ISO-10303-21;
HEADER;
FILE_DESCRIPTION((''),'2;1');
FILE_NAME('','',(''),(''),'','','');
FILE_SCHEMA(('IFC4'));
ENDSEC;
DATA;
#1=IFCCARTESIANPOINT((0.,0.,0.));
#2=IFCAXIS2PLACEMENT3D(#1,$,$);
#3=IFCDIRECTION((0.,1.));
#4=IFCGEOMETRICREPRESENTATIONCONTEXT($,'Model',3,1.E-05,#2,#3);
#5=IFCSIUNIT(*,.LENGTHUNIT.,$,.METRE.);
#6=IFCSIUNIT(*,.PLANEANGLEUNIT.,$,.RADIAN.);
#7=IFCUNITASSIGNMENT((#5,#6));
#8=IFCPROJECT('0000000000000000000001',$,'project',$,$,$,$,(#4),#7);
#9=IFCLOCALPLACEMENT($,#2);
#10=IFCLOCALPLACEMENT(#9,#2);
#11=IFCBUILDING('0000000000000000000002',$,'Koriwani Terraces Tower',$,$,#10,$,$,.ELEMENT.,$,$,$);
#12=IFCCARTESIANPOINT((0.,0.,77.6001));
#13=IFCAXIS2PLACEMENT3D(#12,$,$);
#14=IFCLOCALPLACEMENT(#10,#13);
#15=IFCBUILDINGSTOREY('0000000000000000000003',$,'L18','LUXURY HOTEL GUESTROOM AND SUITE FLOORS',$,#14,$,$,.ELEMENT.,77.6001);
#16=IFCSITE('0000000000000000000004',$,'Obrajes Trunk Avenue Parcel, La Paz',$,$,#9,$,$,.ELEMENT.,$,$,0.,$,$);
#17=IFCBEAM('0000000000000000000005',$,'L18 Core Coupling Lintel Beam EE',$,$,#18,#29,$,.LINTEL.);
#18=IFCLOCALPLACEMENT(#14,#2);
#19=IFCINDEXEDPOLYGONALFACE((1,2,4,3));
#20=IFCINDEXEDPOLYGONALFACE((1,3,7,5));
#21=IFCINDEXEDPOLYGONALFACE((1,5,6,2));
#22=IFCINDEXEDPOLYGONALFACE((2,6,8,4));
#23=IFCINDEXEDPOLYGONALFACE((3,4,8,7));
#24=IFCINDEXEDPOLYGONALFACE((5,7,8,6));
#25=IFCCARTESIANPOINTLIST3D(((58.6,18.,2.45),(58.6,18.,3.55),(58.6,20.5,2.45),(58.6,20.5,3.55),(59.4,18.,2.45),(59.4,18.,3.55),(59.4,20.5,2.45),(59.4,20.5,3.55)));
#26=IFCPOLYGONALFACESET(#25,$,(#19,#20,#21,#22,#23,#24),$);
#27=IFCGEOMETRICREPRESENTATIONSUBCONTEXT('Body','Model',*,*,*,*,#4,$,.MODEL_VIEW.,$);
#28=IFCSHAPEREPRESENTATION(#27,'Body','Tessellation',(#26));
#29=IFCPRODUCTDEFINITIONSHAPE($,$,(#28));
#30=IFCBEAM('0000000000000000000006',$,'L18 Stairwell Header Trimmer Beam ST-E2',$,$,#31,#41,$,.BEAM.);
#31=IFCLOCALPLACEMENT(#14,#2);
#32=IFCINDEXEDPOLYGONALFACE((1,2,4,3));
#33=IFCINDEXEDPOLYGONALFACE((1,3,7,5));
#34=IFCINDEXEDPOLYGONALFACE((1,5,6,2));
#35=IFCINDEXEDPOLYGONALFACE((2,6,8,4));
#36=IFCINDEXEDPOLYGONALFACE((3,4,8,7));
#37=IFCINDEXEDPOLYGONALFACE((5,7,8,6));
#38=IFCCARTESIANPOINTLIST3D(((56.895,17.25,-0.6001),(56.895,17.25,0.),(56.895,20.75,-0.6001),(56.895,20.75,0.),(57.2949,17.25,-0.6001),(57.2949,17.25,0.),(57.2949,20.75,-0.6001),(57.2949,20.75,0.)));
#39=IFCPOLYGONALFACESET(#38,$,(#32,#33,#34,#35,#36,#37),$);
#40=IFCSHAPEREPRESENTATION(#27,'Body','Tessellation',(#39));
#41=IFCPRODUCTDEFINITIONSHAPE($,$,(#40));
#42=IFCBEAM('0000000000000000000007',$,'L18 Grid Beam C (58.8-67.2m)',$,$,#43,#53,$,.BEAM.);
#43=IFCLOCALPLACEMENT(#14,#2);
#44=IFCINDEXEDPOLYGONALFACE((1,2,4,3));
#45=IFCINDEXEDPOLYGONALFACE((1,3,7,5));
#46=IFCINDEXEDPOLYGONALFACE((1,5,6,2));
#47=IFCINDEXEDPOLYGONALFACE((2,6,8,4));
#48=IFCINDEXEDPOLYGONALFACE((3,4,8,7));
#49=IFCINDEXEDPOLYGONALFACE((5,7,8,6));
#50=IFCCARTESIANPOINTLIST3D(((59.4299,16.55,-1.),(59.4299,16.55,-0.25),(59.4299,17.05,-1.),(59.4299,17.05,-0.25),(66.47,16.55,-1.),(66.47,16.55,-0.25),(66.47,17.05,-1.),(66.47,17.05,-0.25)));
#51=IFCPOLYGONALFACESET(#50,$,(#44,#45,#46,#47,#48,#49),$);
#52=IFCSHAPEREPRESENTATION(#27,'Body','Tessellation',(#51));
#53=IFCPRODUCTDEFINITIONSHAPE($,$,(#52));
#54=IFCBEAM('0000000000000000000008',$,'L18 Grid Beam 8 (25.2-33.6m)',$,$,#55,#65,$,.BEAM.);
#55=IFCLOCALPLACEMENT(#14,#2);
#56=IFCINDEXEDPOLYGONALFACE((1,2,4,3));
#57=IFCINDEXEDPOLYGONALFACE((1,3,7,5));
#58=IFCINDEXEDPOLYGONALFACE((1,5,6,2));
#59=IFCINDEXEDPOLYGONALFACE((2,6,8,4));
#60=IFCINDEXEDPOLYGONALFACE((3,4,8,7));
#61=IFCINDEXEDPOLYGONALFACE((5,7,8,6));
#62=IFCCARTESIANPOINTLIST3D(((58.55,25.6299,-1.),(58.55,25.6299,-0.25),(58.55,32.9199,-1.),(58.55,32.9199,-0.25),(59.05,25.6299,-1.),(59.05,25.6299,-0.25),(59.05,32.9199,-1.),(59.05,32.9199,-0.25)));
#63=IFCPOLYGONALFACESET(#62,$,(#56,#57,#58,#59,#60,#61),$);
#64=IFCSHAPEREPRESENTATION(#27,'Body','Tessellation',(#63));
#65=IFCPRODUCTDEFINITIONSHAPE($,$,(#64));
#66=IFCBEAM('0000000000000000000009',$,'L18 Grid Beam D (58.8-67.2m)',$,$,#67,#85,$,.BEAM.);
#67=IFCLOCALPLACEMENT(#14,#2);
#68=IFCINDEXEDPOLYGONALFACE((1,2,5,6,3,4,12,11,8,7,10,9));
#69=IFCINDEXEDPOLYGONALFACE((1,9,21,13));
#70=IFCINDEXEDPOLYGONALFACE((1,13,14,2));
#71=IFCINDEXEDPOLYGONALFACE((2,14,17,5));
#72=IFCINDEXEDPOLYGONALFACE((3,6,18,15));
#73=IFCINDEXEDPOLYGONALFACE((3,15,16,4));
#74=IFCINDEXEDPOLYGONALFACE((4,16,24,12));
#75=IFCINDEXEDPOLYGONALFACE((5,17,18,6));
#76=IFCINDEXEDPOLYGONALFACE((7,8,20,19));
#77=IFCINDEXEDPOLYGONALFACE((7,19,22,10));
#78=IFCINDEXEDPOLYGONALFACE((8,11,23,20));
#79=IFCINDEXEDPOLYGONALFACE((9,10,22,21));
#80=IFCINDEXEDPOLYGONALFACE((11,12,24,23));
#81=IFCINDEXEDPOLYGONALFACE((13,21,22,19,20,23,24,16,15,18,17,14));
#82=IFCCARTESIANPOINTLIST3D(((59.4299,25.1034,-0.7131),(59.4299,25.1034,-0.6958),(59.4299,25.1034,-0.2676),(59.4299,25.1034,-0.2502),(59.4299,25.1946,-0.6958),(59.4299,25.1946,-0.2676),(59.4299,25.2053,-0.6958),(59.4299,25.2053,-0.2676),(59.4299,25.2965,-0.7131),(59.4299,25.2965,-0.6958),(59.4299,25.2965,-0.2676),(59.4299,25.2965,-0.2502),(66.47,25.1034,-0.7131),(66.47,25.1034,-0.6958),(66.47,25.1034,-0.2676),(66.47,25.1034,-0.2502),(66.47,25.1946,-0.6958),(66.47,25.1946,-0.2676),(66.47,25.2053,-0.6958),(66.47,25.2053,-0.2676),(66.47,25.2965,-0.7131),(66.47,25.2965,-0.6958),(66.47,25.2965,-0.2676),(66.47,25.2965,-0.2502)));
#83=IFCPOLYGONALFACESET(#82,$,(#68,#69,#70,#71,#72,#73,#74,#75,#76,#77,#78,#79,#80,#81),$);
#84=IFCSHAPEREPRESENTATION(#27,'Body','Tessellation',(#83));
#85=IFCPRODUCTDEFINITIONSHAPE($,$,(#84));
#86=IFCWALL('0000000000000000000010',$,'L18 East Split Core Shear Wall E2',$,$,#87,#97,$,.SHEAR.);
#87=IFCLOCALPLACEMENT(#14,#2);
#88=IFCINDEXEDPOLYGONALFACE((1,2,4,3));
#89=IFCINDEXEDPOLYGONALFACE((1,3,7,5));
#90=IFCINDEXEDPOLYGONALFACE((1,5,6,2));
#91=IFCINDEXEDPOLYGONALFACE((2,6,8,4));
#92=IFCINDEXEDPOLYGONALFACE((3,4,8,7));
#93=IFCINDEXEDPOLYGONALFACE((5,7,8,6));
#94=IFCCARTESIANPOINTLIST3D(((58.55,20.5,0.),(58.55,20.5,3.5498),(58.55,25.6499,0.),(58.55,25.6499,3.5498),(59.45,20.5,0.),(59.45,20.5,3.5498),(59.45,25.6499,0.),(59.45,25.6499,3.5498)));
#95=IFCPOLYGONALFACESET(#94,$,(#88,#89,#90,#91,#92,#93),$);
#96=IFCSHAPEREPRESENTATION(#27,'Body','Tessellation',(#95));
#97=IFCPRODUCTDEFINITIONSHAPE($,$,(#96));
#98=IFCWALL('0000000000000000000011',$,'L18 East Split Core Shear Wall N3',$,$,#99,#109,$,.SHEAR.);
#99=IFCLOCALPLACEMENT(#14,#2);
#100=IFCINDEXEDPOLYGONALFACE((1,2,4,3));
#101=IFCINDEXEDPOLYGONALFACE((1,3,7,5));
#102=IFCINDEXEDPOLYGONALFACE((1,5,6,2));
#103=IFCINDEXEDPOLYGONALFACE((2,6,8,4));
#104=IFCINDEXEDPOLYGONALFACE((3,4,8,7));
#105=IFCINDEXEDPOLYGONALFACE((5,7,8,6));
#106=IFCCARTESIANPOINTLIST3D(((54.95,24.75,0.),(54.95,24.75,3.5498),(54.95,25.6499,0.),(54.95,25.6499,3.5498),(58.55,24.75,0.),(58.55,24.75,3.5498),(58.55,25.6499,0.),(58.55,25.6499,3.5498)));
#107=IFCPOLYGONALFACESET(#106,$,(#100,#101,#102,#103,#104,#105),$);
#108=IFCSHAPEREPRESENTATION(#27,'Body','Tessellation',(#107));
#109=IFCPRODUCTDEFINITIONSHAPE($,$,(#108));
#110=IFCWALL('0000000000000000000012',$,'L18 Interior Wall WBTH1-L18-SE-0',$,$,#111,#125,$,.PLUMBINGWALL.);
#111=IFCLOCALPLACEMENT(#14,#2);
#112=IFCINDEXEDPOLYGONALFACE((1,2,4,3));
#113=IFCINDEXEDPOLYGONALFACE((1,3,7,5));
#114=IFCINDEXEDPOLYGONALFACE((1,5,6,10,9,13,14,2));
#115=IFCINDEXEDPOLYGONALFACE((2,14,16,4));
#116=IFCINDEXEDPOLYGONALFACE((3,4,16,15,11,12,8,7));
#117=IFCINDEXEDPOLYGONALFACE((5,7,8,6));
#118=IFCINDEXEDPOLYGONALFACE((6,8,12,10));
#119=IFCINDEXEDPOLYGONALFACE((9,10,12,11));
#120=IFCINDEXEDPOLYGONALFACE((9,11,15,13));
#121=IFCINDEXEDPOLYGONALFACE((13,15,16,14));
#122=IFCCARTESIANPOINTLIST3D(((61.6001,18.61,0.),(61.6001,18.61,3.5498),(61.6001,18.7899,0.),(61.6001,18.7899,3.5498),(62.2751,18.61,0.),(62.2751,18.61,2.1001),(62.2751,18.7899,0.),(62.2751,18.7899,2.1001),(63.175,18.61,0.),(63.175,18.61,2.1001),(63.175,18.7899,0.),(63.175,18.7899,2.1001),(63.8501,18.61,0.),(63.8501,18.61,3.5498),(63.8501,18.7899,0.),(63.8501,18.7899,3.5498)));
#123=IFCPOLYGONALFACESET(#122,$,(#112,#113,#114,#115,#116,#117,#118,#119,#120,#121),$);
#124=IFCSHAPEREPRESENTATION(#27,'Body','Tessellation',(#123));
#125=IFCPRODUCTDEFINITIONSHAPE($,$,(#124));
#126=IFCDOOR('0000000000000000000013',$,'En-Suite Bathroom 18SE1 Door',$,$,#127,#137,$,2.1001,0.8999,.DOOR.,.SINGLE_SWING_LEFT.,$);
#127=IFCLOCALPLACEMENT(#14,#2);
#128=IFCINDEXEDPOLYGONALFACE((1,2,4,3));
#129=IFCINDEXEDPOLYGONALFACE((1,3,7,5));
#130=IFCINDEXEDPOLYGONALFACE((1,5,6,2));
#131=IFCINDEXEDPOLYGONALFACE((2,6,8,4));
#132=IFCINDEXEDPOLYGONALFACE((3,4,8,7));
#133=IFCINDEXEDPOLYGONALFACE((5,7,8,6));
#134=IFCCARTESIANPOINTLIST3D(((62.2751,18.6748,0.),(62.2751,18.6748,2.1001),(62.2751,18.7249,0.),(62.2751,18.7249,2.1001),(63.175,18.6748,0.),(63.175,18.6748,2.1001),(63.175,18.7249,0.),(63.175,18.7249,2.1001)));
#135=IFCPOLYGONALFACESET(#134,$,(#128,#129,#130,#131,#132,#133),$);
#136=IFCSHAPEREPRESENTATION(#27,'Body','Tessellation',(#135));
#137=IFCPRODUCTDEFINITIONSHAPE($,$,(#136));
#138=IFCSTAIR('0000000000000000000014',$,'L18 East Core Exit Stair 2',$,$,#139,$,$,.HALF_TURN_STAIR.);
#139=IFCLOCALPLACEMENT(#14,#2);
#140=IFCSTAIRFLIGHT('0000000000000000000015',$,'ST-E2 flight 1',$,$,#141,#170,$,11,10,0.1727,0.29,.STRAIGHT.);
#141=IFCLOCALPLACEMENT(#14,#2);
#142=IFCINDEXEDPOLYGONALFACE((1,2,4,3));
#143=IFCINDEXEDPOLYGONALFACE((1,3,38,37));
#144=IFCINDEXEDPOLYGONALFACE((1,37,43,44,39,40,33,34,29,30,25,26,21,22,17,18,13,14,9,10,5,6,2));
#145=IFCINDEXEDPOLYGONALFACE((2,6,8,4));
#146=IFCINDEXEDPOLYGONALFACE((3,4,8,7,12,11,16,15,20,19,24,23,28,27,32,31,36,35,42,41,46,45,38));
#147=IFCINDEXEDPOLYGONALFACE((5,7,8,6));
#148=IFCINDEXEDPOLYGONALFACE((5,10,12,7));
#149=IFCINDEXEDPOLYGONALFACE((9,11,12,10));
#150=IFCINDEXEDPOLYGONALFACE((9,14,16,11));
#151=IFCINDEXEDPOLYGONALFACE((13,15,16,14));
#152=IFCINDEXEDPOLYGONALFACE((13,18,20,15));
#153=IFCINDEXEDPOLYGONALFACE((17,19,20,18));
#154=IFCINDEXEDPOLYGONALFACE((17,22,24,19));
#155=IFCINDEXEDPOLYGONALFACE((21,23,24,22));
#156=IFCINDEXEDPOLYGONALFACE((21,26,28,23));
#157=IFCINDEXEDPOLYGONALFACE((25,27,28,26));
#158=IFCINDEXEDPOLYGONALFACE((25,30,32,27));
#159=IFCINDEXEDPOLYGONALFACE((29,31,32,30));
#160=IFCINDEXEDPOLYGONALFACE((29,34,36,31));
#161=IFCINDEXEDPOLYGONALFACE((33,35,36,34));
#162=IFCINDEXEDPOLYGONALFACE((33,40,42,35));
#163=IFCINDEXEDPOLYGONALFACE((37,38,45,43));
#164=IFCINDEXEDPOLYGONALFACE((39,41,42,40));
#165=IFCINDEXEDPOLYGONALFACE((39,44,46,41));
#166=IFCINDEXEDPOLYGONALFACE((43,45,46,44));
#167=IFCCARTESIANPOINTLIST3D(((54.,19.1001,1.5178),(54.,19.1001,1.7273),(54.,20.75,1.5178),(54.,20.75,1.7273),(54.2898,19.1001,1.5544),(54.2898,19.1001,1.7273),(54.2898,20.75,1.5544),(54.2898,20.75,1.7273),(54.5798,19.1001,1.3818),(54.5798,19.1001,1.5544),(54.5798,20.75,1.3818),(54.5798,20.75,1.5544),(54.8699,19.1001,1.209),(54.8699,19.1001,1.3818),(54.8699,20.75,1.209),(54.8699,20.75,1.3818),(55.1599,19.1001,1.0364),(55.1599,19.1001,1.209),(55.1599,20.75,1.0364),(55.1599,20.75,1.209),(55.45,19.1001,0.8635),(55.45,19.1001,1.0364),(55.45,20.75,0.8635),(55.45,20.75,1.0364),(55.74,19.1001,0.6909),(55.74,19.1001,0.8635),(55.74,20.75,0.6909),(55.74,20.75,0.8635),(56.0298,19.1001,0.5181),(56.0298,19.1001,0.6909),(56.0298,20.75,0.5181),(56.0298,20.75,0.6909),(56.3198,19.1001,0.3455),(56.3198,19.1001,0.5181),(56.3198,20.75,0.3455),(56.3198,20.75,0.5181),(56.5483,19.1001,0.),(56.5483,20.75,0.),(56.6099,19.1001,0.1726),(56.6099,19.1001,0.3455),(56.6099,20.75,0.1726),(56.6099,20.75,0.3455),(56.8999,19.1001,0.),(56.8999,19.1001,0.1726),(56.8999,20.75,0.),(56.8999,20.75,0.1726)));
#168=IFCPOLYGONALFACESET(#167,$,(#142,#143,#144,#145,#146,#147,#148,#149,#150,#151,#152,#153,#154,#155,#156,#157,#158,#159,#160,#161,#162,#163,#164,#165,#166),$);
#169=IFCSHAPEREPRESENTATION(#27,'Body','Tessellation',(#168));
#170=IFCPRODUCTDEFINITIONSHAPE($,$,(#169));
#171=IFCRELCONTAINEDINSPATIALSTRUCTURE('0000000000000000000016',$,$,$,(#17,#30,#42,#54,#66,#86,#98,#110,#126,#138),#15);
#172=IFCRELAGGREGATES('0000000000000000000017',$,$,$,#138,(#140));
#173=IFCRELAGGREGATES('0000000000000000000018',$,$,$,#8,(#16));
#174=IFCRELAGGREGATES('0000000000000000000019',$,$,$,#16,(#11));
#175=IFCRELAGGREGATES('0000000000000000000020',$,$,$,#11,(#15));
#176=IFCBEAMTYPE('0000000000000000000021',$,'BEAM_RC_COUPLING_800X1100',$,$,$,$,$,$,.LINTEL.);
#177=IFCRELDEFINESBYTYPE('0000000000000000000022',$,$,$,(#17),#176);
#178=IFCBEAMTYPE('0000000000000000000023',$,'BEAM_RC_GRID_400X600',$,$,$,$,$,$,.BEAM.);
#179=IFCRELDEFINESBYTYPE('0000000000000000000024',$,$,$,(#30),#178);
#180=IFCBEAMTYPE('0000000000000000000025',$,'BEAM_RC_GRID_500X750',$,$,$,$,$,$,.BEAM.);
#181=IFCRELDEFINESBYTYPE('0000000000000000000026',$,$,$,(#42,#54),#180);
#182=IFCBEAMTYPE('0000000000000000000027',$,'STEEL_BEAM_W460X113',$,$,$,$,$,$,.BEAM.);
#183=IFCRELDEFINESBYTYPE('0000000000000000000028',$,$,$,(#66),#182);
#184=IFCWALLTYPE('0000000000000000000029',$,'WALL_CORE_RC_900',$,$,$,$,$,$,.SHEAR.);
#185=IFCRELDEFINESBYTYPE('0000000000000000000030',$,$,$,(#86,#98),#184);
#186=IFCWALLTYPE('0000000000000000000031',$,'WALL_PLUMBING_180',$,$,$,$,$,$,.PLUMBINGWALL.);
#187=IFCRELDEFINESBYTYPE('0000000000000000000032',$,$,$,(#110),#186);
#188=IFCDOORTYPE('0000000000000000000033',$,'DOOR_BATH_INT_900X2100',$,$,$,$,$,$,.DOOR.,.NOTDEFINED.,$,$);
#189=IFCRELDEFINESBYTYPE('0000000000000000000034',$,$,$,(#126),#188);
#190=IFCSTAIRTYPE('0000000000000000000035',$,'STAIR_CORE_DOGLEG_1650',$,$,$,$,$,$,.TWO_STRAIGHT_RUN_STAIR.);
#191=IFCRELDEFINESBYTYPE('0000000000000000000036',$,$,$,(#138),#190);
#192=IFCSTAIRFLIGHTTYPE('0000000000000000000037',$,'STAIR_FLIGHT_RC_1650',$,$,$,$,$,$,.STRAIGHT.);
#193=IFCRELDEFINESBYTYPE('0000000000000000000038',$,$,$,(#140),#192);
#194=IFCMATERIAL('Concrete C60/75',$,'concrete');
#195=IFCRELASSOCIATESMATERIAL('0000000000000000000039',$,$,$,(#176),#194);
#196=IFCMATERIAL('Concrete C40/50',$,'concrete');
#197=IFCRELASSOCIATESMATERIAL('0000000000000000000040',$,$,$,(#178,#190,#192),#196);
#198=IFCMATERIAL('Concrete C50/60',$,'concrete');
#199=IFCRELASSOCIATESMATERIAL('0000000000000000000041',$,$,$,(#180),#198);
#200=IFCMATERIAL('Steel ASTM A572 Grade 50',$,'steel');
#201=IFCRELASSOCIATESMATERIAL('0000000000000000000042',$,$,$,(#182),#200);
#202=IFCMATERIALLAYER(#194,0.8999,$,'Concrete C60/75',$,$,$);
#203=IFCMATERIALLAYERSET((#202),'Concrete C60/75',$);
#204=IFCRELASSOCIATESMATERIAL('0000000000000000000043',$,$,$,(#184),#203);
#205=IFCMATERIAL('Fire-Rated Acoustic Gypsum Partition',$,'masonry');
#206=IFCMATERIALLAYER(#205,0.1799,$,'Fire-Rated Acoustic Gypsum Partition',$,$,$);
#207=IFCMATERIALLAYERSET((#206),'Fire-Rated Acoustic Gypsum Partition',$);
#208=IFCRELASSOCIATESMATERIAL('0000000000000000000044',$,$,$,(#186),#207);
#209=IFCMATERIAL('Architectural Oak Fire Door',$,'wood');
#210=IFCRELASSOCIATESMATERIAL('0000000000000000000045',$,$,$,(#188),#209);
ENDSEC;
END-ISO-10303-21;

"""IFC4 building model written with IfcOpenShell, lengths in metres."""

from ifc_helpers import new_model, si_unit, direction, frame, frame_2d, origin, origin_2d, place, context, subcontext, project, spatial, polyline, rectangle, i_section, outline, extrude, material, layer, layer_set, material_profile, profile_set, type_object, element, fill, aggregate, save


model = new_model("IFC4")

# Units and contexts
model_context = context("Model", 3, precision=1e-05, world=origin(), true_north=direction((0.0, 1.0)))
body_context = subcontext(model_context, "Body", "Model", "MODEL_VIEW")
ifc_project = project(units=[si_unit("LENGTHUNIT", "METRE"), si_unit("PLANEANGLEUNIT", "RADIAN")], contexts=[model_context])

# Site, building, storey
site_placement = place(None, origin())
site = spatial("IfcSite", under=ifc_project, at=site_placement, Name="Obrajes Trunk Avenue Parcel, La Paz", CompositionType="ELEMENT", RefElevation=0.0)
building_placement = place(site_placement, origin())
building = spatial("IfcBuilding", under=site, at=building_placement, Name="Koriwani Terraces Tower", CompositionType="ELEMENT")
storey_placement = place(building_placement, frame((0.0, 0.0, 77.6001)))
storey = spatial("IfcBuildingStorey", under=building, at=storey_placement, Name="L18", Description="LUXURY HOTEL GUESTROOM AND SUITE FLOORS", CompositionType="ELEMENT", Elevation=77.6001)

# Beams
ifc_material_1 = material(Name="Concrete C60/75", Category="concrete")
ifc_material_profile_1 = material_profile(ifc_material_1, rectangle(XDim=0.8, YDim=1.1001, at=origin_2d()), Name="Concrete C60/75", Category="LoadBearing")
ifc_profile_set_1 = profile_set([ifc_material_profile_1], Name="Concrete C60/75")
beam_type_1 = type_object("IfcBeamType", Name="BEAM_RC_COUPLING_800X1100", PredefinedType="LINTEL", material=ifc_profile_set_1)
beam_1_placement = place(storey_placement, frame((59.0, 18.0, 3.0), z_axis=(0.0, 1.0, 0.0), x_axis=(-1.0, 0.0, 0.0)))
element("IfcBeam", 1, at=beam_1_placement, inside=storey, type_object=beam_type_1, Name="L18 Core Coupling Lintel Beam EE", PredefinedType="LINTEL", context=body_context, shape_type="SweptSolid", body=[
    extrude(rectangle(XDim=0.8, YDim=1.1001, at=origin_2d()), origin(), (0.0, 0.0, 1.0), 2.5),
])
ifc_material_2 = material(Name="Concrete C40/50", Category="concrete")
ifc_material_profile_2 = material_profile(ifc_material_2, rectangle(XDim=0.3999, YDim=0.6001, at=origin_2d()), Name="Concrete C40/50", Category="LoadBearing")
ifc_profile_set_2 = profile_set([ifc_material_profile_2], Name="Concrete C40/50")
beam_type_2 = type_object("IfcBeamType", Name="BEAM_RC_GRID_400X600", PredefinedType="BEAM", material=ifc_profile_set_2)
beam_2_placement = place(storey_placement, frame((57.095, 17.25, -0.3), z_axis=(0.0, 1.0, 0.0), x_axis=(-1.0, 0.0, 0.0)))
element("IfcBeam", 2, at=beam_2_placement, inside=storey, type_object=beam_type_2, Name="L18 Stairwell Header Trimmer Beam ST-E2", PredefinedType="BEAM", context=body_context, shape_type="SweptSolid", body=[
    extrude(rectangle(XDim=0.3999, YDim=0.6001, at=origin_2d()), origin(), (0.0, 0.0, 1.0), 3.5),
])
ifc_material_3 = material(Name="Concrete C50/60", Category="concrete")
ifc_material_profile_3 = material_profile(ifc_material_3, rectangle(XDim=0.5, YDim=0.75, at=origin_2d()), Name="Concrete C50/60", Category="LoadBearing")
ifc_profile_set_3 = profile_set([ifc_material_profile_3], Name="Concrete C50/60")
beam_type_3 = type_object("IfcBeamType", Name="BEAM_RC_GRID_500X750", PredefinedType="BEAM", material=ifc_profile_set_3)
beam_3_placement = place(storey_placement, frame((59.4299, 16.8, -0.625), z_axis=(1.0, 0.0, 0.0), x_axis=(0.0, 1.0, 0.0)))
element("IfcBeam", 3, at=beam_3_placement, inside=storey, type_object=beam_type_3, Name="L18 Grid Beam C (58.8-67.2m)", PredefinedType="BEAM", context=body_context, shape_type="SweptSolid", body=[
    extrude(rectangle(XDim=0.5, YDim=0.75, at=origin_2d()), origin(), (0.0, 0.0, 1.0), 7.04),
])
beam_4_placement = place(storey_placement, frame((58.8, 25.6299, -0.625), z_axis=(0.0, 1.0, 0.0), x_axis=(-1.0, 0.0, 0.0)))
element("IfcBeam", 4, at=beam_4_placement, inside=storey, type_object=beam_type_3, Name="L18 Grid Beam 8 (25.2-33.6m)", PredefinedType="BEAM", context=body_context, shape_type="SweptSolid", body=[
    extrude(rectangle(XDim=0.5, YDim=0.75, at=origin_2d()), origin(), (0.0, 0.0, 1.0), 7.29),
])
ifc_material_4 = material(Name="Steel ASTM A572 Grade 50", Category="steel")
ifc_material_profile_4 = material_profile(ifc_material_4, i_section(OverallWidth=0.1931, OverallDepth=0.4629, WebThickness=0.0107, FlangeThickness=0.0173, at=origin_2d()), Name="Steel ASTM A572 Grade 50", Category="LoadBearing")
ifc_profile_set_4 = profile_set([ifc_material_profile_4], Name="Steel ASTM A572 Grade 50")
beam_type_4 = type_object("IfcBeamType", Name="STEEL_BEAM_W460X113", PredefinedType="BEAM", material=ifc_profile_set_4)
beam_5_placement = place(storey_placement, frame((59.4299, 25.2, -0.4817), z_axis=(1.0, 0.0, 0.0), x_axis=(0.0, 1.0, 0.0)))
element("IfcBeam", 5, at=beam_5_placement, inside=storey, type_object=beam_type_4, Name="L18 Grid Beam D (58.8-67.2m)", PredefinedType="BEAM", context=body_context, shape_type="SweptSolid", body=[
    extrude(i_section(OverallWidth=0.1931, OverallDepth=0.4629, WebThickness=0.0107, FlangeThickness=0.0173, at=origin_2d()), origin(), (0.0, 0.0, 1.0), 7.04),
])

# Walls
ifc_layer_1 = layer(ifc_material_1, 0.8999, Name="Concrete C60/75")
ifc_layer_set_1 = layer_set([ifc_layer_1], Name="Concrete C60/75")
wall_type_1 = type_object("IfcWallType", Name="WALL_CORE_RC_900", PredefinedType="SHEAR", material=ifc_layer_set_1)
wall_1_placement = place(storey_placement, frame((59.0, 20.5, 0.0), z_axis=(0.0, 0.0, 1.0), x_axis=(0.0, 1.0, 0.0)))
element("IfcWall", 6, at=wall_1_placement, inside=storey, type_object=wall_type_1, Name="L18 East Split Core Shear Wall E2", PredefinedType="SHEAR", context=body_context, shape_type="SweptSolid", body=[
    extrude(rectangle(XDim=5.1499, YDim=0.8999, at=frame_2d((2.575, 0.0))), origin(), (0.0, 0.0, 1.0), 3.5498),
])
wall_2_placement = place(storey_placement, frame((54.95, 25.2, 0.0), z_axis=(0.0, 0.0, 1.0), x_axis=(1.0, 0.0, 0.0)))
element("IfcWall", 7, at=wall_2_placement, inside=storey, type_object=wall_type_1, Name="L18 East Split Core Shear Wall N3", PredefinedType="SHEAR", context=body_context, shape_type="SweptSolid", body=[
    extrude(rectangle(XDim=3.6001, YDim=0.8999, at=frame_2d((1.8, 0.0))), origin(), (0.0, 0.0, 1.0), 3.5498),
])

# Wall, opening, door
ifc_material_5 = material(Name="Fire-Rated Acoustic Gypsum Partition", Category="masonry")
ifc_layer_2 = layer(ifc_material_5, 0.1799, Name="Fire-Rated Acoustic Gypsum Partition")
ifc_layer_set_2 = layer_set([ifc_layer_2], Name="Fire-Rated Acoustic Gypsum Partition")
wall_type_2 = type_object("IfcWallType", Name="WALL_PLUMBING_180", PredefinedType="PLUMBINGWALL", material=ifc_layer_set_2)
wall_3_placement = place(storey_placement, frame((61.6001, 18.7, 0.0), z_axis=(0.0, 0.0, 1.0), x_axis=(1.0, 0.0, 0.0)))
wall_3 = element("IfcWall", 8, at=wall_3_placement, inside=storey, type_object=wall_type_2, Name="L18 Interior Wall WBTH1-L18-SE-0", PredefinedType="PLUMBINGWALL", context=body_context, shape_type="SweptSolid", body=[
    extrude(rectangle(XDim=2.25, YDim=0.1799, at=frame_2d((1.125, 0.0))), origin(), (0.0, 0.0, 1.0), 3.5498),
])
opening_1_placement = place(wall_3_placement, frame((0.675, 0.0, 0.0)))
opening_1 = element("IfcOpeningElement", 9, at=opening_1_placement, cuts=wall_3, PredefinedType="OPENING", context=body_context, shape_type="SweptSolid", body=[
    extrude(rectangle(XDim=0.8999, YDim=2.1001, at=frame_2d((0.45, 1.05))), frame((0.0, 0.1001, 0.0), z_axis=(0.0, -1.0, 0.0), x_axis=(1.0, 0.0, 0.0)), (0.0, 0.0, 1.0), 0.2),
])
ifc_material_6 = material(Name="Architectural Oak Fire Door", Category="wood")
door_type_1 = type_object("IfcDoorType", Name="DOOR_BATH_INT_900X2100", OperationType="NOTDEFINED", PredefinedType="DOOR", material=ifc_material_6)
door_1_placement = place(opening_1_placement, origin())
door_1 = element("IfcDoor", 10, at=door_1_placement, inside=storey, type_object=door_type_1, Name="En-Suite Bathroom 18SE1 Door", OperationType="SINGLE_SWING_LEFT", OverallHeight=2.1001, OverallWidth=0.8999, PredefinedType="DOOR", context=body_context, shape_type="SweptSolid", body=[
    extrude(rectangle(XDim=0.8999, YDim=2.1001, at=frame_2d((0.45, 1.05))), frame((0.0, 0.0249, 0.0), z_axis=(0.0, -1.0, 0.0), x_axis=(1.0, 0.0, 0.0)), (0.0, 0.0, 1.0), 0.05),
])
fill(opening_1, door_1)

# Stair, stair flight
stair_type = type_object("IfcStairType", Name="STAIR_CORE_DOGLEG_1650", PredefinedType="TWO_STRAIGHT_RUN_STAIR", material=ifc_material_2)
stair_placement = place(storey_placement, origin())
stair = element("IfcStair", 11, at=stair_placement, inside=storey, type_object=stair_type, Name="L18 East Core Exit Stair 2", PredefinedType="HALF_TURN_STAIR")
stair_flight_type = type_object("IfcStairFlightType", Name="STAIR_FLIGHT_RC_1650", PredefinedType="STRAIGHT", material=ifc_material_2)
stair_flight_1_placement = place(storey_placement, frame((56.8999, 19.925, 0.0), z_axis=(0.0, 0.0, 1.0), x_axis=(-1.0, 0.0, 0.0)))
stair_flight_1 = element("IfcStairFlight", 12, at=stair_flight_1_placement, type_object=stair_flight_type, Name="ST-E2 flight 1", NumberOfRisers=11, NumberOfTreads=10, PredefinedType="STRAIGHT", RiserHeight=0.1727, TreadLength=0.29, context=body_context, shape_type="SweptSolid", body=[
    extrude(outline(polyline([(0.0, 0.0), (0.0, 0.1726), (0.29, 0.1726), (0.29, 0.3455), (0.5801, 0.3455), (0.5801, 0.5181), (0.8701, 0.5181), (0.8701, 0.6909), (1.1599, 0.6909), (1.1599, 0.8635), (1.45, 0.8635), (1.45, 1.0364), (1.74, 1.0364), (1.74, 1.209), (2.03, 1.209), (2.03, 1.3818), (2.3201, 1.3818), (2.3201, 1.5544), (2.6101, 1.5544), (2.6101, 1.7273), (2.8999, 1.7273), (2.8999, 1.8999), (2.8999, 1.5178), (0.3516, 0.0), (0.0, 0.0)])), frame((0.0, 0.825, 0.0), z_axis=(0.0, -1.0, 0.0), x_axis=(1.0, 0.0, 0.0)), (0.0, 0.0, 1.0), 1.6499),
])
aggregate(stair, [stair_flight_1])

save(model, "model.ifc")
